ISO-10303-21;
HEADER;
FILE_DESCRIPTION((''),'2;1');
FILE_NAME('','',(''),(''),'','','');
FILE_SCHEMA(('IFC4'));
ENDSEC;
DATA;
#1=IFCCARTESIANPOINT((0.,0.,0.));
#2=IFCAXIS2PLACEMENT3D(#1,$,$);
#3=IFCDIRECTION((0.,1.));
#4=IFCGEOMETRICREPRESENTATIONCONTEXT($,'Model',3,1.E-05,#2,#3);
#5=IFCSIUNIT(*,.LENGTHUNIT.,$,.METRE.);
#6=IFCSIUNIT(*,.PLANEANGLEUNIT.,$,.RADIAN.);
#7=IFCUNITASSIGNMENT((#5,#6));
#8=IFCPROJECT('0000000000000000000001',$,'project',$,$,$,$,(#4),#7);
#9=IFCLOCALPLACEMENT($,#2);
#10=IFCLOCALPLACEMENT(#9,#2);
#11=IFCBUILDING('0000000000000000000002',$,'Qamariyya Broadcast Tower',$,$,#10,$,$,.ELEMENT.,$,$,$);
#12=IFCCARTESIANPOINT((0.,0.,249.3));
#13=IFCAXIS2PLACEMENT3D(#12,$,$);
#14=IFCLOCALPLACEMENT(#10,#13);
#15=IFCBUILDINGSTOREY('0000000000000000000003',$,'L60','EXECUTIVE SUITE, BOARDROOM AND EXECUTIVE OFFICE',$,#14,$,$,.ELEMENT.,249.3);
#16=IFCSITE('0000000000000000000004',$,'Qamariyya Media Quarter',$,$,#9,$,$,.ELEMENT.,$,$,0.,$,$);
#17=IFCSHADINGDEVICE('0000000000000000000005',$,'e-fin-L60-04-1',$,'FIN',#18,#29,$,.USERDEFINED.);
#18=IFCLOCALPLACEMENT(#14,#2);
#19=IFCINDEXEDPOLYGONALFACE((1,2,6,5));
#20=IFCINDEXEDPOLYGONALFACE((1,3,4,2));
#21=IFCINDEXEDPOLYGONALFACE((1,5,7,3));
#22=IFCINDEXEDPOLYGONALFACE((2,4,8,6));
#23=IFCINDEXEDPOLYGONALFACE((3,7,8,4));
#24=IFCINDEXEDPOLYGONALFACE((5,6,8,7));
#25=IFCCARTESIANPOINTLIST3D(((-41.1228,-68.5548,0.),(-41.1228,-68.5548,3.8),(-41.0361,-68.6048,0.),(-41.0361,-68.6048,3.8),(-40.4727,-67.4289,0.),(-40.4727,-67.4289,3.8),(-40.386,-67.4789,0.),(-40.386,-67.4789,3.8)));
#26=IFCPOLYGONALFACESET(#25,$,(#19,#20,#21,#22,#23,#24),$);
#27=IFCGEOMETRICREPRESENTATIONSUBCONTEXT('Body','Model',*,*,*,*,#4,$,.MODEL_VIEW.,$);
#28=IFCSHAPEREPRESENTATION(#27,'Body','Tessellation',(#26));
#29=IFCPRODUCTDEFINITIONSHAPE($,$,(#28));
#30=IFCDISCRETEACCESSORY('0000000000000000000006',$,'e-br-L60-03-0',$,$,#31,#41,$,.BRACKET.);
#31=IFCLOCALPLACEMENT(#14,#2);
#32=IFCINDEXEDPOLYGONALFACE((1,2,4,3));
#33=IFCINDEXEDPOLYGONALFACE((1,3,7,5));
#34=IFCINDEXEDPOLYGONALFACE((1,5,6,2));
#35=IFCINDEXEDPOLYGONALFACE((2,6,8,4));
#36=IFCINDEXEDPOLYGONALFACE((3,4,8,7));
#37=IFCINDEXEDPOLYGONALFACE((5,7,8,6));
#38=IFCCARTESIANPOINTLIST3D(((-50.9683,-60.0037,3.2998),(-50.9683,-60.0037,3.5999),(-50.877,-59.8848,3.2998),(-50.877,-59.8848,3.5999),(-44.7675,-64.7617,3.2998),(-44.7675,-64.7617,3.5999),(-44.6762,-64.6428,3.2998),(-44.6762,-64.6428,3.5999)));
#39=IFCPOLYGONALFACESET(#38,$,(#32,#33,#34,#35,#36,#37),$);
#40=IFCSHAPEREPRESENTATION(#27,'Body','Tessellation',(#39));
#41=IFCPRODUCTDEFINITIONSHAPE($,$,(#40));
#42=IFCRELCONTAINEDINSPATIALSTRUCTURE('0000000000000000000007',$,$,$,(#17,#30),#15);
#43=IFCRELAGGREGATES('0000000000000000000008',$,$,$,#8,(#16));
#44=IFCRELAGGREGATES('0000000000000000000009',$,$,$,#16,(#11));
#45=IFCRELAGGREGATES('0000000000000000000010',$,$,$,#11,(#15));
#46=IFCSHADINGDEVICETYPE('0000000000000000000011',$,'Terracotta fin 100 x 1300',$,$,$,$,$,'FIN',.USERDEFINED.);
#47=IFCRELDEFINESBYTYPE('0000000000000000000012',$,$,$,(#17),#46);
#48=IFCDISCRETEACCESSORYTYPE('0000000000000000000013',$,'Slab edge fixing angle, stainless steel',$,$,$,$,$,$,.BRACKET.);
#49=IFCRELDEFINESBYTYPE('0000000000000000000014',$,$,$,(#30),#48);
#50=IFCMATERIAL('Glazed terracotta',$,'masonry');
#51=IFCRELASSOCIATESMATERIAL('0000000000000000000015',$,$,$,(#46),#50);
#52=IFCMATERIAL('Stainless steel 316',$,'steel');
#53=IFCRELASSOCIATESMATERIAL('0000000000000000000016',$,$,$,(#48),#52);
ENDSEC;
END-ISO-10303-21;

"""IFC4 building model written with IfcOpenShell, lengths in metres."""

from ifc_helpers import new_model, si_unit, direction, frame, origin, origin_2d, place, context, subcontext, project, spatial, rectangle, extrude, material, material_profile, profile_set, type_object, element, save


model = new_model("IFC4")

# Units and contexts
model_context = context("Model", 3, precision=1e-05, world=origin(), true_north=direction((0.0, 1.0)))
body_context = subcontext(model_context, "Body", "Model", "MODEL_VIEW")
ifc_project = project(units=[si_unit("LENGTHUNIT", "METRE"), si_unit("PLANEANGLEUNIT", "RADIAN")], contexts=[model_context])

# Site, building, storey
site_placement = place(None, origin())
site = spatial("IfcSite", under=ifc_project, at=site_placement, Name="Qamariyya Media Quarter", CompositionType="ELEMENT", RefElevation=0.0)
building_placement = place(site_placement, origin())
building = spatial("IfcBuilding", under=site, at=building_placement, Name="Qamariyya Broadcast Tower", CompositionType="ELEMENT")
storey_placement = place(building_placement, frame((0.0, 0.0, 249.3)))
storey = spatial("IfcBuildingStorey", under=building, at=storey_placement, Name="L60", Description="EXECUTIVE SUITE, BOARDROOM AND EXECUTIVE OFFICE", CompositionType="ELEMENT", Elevation=249.3)

# Shading device
ifc_material_1 = material(Name="Glazed terracotta", Category="masonry")
ifc_material_profile_1 = material_profile(ifc_material_1, rectangle(XDim=1.3, YDim=0.1001, at=origin_2d()))
ifc_profile_set_1 = profile_set([ifc_material_profile_1], Name="Glazed terracotta")
shading_device_type_1 = type_object("IfcShadingDeviceType", Name="Terracotta fin 100 x 1300", ElementType="FIN", PredefinedType="USERDEFINED", material=ifc_profile_set_1)
for number, where, z_axis, x_axis, name in (
    (1, (-40.7544, -68.0168, 0.0), (0.0, 0.0, 1.0), (-0.5, -0.866025, 0.0), "e-fin-L60-04-1"),
):
    element("IfcShadingDevice", number, at=place(storey_placement, frame(where, z_axis=z_axis, x_axis=x_axis)), inside=storey, type_object=shading_device_type_1, Name=name, ObjectType="FIN", PredefinedType="USERDEFINED", context=body_context, shape_type="SweptSolid", body=[
        extrude(rectangle(XDim=1.3, YDim=0.1001, at=origin_2d()), origin(), (0.0, 0.0, 1.0), 3.8),
    ])

# Discrete accessory
ifc_material_2 = material(Name="Stainless steel 316", Category="steel")
discrete_accessory_type = type_object("IfcDiscreteAccessoryType", Name="Slab edge fixing angle, stainless steel", PredefinedType="BRACKET", material=ifc_material_2)
discrete_accessory_placement = place(storey_placement, frame((-47.8223, -62.3232, 3.2998), z_axis=(0.0, 0.0, 1.0), x_axis=(0.793353, -0.608761, 0.0)))
element("IfcDiscreteAccessory", 2, at=discrete_accessory_placement, inside=storey, type_object=discrete_accessory_type, Name="e-br-L60-03-0", PredefinedType="BRACKET", context=body_context, shape_type="SweptSolid", body=[
    extrude(rectangle(XDim=7.8159, YDim=0.1499, at=origin_2d()), origin(), (0.0, 0.0, 1.0), 0.3),
])

save(model, "model.ifc")
